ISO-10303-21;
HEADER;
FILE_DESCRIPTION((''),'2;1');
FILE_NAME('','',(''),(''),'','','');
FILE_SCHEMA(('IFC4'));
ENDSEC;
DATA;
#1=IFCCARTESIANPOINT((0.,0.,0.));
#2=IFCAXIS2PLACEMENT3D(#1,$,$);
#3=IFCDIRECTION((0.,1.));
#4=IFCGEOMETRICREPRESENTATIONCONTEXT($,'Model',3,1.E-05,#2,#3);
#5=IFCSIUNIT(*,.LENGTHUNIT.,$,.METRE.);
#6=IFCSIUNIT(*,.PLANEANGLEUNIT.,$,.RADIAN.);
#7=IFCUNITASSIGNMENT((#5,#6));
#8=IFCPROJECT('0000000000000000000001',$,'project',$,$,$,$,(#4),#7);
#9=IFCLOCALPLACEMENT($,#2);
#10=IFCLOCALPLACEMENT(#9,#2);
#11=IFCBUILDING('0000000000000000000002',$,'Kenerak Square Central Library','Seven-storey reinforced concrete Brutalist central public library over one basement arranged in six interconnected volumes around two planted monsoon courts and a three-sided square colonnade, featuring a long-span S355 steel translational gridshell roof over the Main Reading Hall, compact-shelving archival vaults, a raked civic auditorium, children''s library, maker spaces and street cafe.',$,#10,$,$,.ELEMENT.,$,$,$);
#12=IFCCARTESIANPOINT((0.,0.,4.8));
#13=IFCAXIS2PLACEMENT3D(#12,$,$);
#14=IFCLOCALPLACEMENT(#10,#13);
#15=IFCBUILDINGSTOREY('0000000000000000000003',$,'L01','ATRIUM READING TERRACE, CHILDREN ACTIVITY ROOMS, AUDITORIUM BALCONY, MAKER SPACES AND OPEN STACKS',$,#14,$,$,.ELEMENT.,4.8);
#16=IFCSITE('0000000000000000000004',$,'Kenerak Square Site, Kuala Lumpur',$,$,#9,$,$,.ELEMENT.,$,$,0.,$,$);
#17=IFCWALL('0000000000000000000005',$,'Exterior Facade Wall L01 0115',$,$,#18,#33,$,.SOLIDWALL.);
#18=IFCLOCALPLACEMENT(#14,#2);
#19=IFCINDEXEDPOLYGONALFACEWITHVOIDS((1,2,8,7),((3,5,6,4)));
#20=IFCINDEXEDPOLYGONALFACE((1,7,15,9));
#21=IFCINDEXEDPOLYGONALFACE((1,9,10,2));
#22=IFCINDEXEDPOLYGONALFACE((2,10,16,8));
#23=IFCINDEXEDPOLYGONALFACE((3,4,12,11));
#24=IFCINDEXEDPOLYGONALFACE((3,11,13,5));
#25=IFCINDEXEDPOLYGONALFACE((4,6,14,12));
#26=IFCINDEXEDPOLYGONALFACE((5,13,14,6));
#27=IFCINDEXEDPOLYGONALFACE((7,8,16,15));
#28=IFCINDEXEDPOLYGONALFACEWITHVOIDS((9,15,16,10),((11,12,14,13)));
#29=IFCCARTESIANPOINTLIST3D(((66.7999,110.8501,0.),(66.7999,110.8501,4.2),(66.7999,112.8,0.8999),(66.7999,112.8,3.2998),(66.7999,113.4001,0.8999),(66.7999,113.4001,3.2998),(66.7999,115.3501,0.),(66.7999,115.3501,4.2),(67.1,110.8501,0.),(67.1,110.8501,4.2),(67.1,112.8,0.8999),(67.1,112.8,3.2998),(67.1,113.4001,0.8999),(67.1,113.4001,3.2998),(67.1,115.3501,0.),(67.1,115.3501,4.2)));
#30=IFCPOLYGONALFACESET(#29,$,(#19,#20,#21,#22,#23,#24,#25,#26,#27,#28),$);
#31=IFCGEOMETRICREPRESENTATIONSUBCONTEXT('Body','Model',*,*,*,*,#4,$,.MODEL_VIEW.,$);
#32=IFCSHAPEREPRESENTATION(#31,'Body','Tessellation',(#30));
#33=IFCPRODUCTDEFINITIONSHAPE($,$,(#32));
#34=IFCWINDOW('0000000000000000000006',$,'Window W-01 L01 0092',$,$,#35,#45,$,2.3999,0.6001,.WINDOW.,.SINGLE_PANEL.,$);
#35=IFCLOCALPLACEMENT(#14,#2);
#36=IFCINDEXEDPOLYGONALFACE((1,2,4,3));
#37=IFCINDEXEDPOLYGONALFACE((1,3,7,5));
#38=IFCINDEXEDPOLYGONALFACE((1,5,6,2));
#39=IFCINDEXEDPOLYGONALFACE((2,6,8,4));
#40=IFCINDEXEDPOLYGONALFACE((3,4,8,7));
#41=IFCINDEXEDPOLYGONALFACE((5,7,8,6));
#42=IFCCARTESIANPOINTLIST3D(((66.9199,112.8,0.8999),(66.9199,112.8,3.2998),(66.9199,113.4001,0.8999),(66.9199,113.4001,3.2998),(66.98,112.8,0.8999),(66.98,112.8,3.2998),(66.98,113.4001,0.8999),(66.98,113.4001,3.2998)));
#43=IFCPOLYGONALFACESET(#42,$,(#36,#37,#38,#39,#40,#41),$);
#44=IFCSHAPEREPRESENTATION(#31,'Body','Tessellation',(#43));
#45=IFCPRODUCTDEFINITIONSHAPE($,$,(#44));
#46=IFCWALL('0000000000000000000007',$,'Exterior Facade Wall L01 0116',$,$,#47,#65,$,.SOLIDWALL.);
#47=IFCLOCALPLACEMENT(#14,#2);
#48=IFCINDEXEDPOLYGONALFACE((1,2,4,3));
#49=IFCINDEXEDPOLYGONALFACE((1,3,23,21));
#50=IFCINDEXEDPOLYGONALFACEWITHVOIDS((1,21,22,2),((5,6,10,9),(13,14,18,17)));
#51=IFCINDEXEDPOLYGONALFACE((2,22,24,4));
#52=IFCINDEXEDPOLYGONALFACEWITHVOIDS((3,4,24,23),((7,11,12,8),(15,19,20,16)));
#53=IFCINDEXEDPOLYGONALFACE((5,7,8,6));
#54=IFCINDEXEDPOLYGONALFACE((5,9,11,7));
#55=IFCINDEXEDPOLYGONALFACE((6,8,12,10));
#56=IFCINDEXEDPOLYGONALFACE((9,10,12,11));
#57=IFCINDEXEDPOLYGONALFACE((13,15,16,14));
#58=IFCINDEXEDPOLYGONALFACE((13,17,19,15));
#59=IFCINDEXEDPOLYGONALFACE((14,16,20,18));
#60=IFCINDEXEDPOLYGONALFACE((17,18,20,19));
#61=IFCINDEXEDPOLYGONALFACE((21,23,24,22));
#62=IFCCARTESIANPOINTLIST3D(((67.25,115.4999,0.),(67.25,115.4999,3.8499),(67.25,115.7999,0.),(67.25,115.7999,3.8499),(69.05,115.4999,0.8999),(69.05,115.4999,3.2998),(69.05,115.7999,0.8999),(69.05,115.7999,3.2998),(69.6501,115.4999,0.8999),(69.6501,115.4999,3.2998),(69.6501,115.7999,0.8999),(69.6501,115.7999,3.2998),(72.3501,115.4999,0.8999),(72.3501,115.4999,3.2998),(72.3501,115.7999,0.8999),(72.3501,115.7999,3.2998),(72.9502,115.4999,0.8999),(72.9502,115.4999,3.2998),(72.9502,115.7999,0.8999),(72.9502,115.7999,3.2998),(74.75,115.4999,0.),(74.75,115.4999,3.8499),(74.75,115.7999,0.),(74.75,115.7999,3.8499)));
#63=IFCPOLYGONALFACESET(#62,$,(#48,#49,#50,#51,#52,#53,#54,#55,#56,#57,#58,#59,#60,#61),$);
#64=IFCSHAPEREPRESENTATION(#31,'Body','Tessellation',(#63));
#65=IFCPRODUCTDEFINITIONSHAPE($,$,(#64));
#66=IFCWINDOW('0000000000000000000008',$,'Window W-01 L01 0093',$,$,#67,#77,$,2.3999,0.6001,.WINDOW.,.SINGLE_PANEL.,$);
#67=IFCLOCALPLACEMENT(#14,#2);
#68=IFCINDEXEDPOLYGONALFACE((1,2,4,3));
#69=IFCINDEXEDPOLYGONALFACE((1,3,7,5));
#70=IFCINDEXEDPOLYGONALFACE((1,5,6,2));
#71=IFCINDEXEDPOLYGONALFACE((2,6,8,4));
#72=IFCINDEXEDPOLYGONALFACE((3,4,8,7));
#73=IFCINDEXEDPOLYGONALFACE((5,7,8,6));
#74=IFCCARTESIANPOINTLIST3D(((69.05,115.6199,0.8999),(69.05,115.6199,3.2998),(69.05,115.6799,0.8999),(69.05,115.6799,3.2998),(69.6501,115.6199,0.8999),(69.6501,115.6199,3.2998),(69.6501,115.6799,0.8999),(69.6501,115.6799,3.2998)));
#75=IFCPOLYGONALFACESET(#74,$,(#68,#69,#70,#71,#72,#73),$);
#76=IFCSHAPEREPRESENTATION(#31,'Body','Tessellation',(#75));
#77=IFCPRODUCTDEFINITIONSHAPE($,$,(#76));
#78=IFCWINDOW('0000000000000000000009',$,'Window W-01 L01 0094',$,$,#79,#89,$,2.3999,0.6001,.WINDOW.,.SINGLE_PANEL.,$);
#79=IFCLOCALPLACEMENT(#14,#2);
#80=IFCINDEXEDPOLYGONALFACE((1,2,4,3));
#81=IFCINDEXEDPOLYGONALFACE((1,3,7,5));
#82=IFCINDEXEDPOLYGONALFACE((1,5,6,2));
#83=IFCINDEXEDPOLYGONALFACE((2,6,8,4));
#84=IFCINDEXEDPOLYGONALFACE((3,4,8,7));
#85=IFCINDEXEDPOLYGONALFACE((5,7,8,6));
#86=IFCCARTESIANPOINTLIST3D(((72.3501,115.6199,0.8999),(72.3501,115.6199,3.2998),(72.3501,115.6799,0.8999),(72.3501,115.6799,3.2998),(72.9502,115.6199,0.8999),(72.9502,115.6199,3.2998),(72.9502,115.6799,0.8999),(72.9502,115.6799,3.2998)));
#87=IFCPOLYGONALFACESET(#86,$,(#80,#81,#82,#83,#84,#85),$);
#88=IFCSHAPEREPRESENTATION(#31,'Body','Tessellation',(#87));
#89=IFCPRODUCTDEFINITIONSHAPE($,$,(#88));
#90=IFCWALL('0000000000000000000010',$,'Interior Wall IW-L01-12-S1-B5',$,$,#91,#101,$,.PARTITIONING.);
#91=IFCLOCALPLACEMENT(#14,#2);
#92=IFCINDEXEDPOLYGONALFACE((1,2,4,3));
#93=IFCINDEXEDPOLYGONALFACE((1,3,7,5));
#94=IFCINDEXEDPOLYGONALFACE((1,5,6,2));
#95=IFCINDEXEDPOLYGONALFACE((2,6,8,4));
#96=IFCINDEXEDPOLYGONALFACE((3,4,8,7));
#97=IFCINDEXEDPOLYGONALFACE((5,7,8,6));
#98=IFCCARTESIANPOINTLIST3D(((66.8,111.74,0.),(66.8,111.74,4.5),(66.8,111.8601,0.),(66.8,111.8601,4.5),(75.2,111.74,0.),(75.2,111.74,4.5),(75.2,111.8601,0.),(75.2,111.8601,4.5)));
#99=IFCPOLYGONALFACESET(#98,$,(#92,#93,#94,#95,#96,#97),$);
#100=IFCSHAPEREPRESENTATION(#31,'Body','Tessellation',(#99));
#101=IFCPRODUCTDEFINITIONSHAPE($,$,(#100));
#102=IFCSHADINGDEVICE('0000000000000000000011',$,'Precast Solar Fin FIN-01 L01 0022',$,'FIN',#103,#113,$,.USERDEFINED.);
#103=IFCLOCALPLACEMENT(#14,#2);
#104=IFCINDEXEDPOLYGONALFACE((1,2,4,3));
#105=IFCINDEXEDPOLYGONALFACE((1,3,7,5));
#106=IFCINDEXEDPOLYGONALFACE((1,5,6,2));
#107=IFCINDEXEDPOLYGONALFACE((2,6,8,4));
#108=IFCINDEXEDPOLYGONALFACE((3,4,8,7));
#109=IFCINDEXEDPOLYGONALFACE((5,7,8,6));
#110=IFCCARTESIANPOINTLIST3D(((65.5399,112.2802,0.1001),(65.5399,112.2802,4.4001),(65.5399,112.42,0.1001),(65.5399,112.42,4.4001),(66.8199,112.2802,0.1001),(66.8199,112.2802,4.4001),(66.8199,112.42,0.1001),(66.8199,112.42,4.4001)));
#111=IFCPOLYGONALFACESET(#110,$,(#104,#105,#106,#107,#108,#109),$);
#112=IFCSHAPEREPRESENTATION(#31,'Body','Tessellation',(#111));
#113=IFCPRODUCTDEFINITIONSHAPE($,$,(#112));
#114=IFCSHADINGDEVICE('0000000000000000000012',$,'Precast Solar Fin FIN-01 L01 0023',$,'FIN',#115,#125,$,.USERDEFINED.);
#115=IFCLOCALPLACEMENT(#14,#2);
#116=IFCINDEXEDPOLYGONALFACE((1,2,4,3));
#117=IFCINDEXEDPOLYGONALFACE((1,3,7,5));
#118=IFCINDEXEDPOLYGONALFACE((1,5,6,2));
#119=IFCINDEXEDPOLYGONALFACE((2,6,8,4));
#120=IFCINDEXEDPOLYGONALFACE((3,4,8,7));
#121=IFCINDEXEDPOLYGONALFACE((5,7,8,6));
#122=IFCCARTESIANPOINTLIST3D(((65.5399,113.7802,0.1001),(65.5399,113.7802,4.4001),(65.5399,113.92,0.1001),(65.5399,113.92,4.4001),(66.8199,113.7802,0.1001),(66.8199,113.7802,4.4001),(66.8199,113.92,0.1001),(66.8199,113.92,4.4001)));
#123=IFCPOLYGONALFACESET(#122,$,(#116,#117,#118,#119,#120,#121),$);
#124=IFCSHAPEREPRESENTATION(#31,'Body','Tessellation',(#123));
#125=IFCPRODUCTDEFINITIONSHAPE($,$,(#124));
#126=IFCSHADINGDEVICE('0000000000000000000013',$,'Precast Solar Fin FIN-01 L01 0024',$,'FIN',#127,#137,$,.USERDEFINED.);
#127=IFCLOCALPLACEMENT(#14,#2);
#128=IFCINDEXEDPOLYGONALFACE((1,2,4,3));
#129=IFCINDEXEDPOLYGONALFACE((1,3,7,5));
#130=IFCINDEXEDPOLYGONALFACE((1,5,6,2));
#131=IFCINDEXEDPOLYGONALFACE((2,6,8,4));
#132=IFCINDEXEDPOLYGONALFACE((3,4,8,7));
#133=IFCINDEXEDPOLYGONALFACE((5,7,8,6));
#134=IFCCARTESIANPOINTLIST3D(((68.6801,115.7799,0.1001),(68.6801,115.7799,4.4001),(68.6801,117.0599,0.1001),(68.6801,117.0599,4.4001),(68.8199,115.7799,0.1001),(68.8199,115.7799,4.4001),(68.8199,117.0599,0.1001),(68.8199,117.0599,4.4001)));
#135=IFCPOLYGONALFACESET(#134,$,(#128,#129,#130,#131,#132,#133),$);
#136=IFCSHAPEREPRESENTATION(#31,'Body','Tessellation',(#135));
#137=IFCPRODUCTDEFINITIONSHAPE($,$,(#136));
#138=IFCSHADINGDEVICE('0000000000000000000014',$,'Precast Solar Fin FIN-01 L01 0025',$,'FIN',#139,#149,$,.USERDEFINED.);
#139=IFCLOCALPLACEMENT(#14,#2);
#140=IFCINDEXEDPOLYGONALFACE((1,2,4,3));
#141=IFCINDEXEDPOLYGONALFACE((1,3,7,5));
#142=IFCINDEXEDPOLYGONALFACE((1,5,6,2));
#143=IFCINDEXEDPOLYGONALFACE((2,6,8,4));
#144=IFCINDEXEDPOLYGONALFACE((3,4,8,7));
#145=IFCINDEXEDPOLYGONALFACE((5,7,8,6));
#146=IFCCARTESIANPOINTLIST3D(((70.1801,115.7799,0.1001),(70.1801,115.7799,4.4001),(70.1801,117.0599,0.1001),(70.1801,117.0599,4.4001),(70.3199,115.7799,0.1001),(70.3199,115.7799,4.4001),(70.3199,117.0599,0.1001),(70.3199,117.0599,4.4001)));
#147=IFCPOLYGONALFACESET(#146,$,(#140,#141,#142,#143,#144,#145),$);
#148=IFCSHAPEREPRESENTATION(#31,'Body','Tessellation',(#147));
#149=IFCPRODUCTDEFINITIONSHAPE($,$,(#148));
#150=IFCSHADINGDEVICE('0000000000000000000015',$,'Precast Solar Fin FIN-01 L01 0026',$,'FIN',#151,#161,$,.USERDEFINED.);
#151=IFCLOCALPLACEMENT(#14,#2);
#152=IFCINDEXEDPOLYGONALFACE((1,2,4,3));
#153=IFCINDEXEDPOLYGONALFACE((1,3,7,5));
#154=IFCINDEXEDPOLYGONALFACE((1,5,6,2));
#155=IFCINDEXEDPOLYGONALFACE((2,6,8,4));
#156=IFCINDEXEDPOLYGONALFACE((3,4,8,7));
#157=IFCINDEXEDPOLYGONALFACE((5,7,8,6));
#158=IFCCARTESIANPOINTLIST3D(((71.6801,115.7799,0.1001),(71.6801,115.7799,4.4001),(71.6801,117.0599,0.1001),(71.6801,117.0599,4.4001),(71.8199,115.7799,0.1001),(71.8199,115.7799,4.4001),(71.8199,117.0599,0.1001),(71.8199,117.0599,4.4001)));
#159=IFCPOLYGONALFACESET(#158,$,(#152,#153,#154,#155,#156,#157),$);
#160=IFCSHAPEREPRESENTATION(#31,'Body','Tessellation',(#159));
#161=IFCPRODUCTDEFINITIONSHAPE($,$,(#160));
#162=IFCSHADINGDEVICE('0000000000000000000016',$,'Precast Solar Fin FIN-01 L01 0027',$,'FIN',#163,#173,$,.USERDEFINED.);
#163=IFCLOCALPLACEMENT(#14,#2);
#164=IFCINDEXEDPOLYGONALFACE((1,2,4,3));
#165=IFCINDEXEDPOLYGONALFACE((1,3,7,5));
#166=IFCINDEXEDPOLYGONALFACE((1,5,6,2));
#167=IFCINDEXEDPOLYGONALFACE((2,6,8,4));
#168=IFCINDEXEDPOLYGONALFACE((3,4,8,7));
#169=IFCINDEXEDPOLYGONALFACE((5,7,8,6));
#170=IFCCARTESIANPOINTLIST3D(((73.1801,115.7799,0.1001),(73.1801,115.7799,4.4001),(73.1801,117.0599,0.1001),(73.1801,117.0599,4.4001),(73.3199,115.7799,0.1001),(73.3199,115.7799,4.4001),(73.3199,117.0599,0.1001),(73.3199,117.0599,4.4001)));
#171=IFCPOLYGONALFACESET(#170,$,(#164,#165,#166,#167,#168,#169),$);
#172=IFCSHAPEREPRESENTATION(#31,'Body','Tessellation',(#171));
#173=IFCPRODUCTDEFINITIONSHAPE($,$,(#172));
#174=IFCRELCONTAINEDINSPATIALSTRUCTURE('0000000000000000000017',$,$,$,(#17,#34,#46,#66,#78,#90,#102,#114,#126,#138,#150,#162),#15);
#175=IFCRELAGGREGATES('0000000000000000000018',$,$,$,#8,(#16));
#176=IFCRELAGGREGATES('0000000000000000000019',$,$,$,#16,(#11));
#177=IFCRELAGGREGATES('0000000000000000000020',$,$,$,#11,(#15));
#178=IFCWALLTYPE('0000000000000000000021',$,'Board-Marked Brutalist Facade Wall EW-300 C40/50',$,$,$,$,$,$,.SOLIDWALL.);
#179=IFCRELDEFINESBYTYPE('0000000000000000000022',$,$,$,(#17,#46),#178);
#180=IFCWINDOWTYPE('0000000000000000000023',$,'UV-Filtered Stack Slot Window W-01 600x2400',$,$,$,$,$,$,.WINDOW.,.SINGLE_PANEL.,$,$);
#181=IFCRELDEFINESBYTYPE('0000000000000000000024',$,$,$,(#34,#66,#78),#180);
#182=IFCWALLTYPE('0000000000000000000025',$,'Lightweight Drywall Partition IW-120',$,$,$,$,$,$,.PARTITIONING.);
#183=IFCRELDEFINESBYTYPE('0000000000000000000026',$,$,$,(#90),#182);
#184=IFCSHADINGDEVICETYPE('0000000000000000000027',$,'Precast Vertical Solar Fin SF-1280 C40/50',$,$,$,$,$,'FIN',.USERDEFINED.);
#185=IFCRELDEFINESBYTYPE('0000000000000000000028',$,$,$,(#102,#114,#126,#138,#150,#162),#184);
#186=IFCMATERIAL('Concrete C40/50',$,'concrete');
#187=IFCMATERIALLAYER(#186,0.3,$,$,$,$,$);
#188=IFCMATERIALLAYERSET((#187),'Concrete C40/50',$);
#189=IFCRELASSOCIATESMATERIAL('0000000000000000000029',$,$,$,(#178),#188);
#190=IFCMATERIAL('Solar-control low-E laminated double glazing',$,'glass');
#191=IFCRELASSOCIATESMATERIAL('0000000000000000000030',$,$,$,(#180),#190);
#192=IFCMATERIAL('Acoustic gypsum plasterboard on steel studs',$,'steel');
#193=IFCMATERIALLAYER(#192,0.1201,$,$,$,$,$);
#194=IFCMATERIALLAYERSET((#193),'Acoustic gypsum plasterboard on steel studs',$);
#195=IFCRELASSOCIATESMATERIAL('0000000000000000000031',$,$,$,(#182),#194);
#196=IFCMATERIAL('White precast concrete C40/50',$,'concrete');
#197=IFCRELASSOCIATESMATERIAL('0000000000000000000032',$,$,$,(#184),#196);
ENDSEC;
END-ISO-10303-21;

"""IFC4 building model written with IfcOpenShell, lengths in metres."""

from ifc_helpers import new_model, si_unit, direction, frame, frame_2d, origin, origin_2d, place, context, subcontext, project, spatial, rectangle, extrude, material, layer, layer_set, type_object, element, fill, save


model = new_model("IFC4")

# Units and contexts
model_context = context("Model", 3, precision=1e-05, world=origin(), true_north=direction((0.0, 1.0)))
body_context = subcontext(model_context, "Body", "Model", "MODEL_VIEW")
ifc_project = project(units=[si_unit("LENGTHUNIT", "METRE"), si_unit("PLANEANGLEUNIT", "RADIAN")], contexts=[model_context])

# Site, building, storey
site_placement = place(None, origin())
site = spatial("IfcSite", under=ifc_project, at=site_placement, Name="Kenerak Square Site, Kuala Lumpur", CompositionType="ELEMENT", RefElevation=0.0)
building_placement = place(site_placement, origin())
building = spatial("IfcBuilding", under=site, at=building_placement, Name="Kenerak Square Central Library", Description="Seven-storey reinforced concrete Brutalist central public library over one basement arranged in six interconnected volumes around two planted monsoon courts and a three-sided square colonnade, featuring a long-span S355 steel translational gridshell roof over the Main Reading Hall, compact-shelving archival vaults, a raked civic auditorium, children's library, maker spaces and street cafe.", CompositionType="ELEMENT")
storey_placement = place(building_placement, frame((0.0, 0.0, 4.8)))
storey = spatial("IfcBuildingStorey", under=building, at=storey_placement, Name="L01", Description="ATRIUM READING TERRACE, CHILDREN ACTIVITY ROOMS, AUDITORIUM BALCONY, MAKER SPACES AND OPEN STACKS", CompositionType="ELEMENT", Elevation=4.8)

# Shared definitions
ifc_material_1 = material(Name="Concrete C40/50", Category="concrete")

# Wall, opening, window
ifc_layer_1 = layer(ifc_material_1, 0.3)
ifc_layer_set_1 = layer_set([ifc_layer_1], Name="Concrete C40/50")
wall_type_1 = type_object("IfcWallType", Name="Board-Marked Brutalist Facade Wall EW-300 C40/50", PredefinedType="SOLIDWALL", material=ifc_layer_set_1)
wall_1_placement = place(storey_placement, frame((66.95, 110.8501, 0.0), z_axis=(0.0, 0.0, 1.0), x_axis=(0.0, 1.0, 0.0)))
wall_1 = element("IfcWall", 1, at=wall_1_placement, inside=storey, type_object=wall_type_1, Name="Exterior Facade Wall L01 0115", PredefinedType="SOLIDWALL", context=body_context, shape_type="SweptSolid", body=[
    extrude(rectangle(XDim=4.5, YDim=0.3, at=frame_2d((2.25, 0.0))), origin(), (0.0, 0.0, 1.0), 4.2),
])
opening_1_placement = place(wall_1_placement, frame((1.95, 0.0, 0.8999)))
opening_1 = element("IfcOpeningElement", 2, at=opening_1_placement, cuts=wall_1, PredefinedType="OPENING", context=body_context, shape_type="SweptSolid", body=[
    extrude(rectangle(XDim=0.6001, YDim=2.3999, at=frame_2d((0.3, 1.2))), frame((0.0, 0.1599, 0.0), z_axis=(0.0, -1.0, 0.0), x_axis=(1.0, 0.0, 0.0)), (0.0, 0.0, 1.0), 0.3201),
])
ifc_material_2 = material(Name="Solar-control low-E laminated double glazing", Category="glass")
window_type = type_object("IfcWindowType", Name="UV-Filtered Stack Slot Window W-01 600x2400", PartitioningType="SINGLE_PANEL", PredefinedType="WINDOW", material=ifc_material_2)
window_1_placement = place(opening_1_placement, origin())
window_1 = element("IfcWindow", 3, at=window_1_placement, inside=storey, type_object=window_type, Name="Window W-01 L01 0092", OverallHeight=2.3999, OverallWidth=0.6001, PartitioningType="SINGLE_PANEL", PredefinedType="WINDOW", context=body_context, shape_type="SweptSolid", body=[
    extrude(rectangle(XDim=0.6001, YDim=2.3999, at=frame_2d((0.3, 1.2))), frame((0.0, 0.03, 0.0), z_axis=(0.0, -1.0, 0.0), x_axis=(1.0, 0.0, 0.0)), (0.0, 0.0, 1.0), 0.0601),
])
fill(opening_1, window_1)

# Wall, openings, windows
wall_2_placement = place(storey_placement, frame((67.25, 115.6499, 0.0), z_axis=(0.0, 0.0, 1.0), x_axis=(1.0, 0.0, 0.0)))
wall_2 = element("IfcWall", 4, at=wall_2_placement, inside=storey, type_object=wall_type_1, Name="Exterior Facade Wall L01 0116", PredefinedType="SOLIDWALL", context=body_context, shape_type="SweptSolid", body=[
    extrude(rectangle(XDim=7.5, YDim=0.3, at=frame_2d((3.75, 0.0))), origin(), (0.0, 0.0, 1.0), 3.8499),
])
opening_2_placement = place(wall_2_placement, frame((1.8, 0.0, 0.8999)))
opening_2 = element("IfcOpeningElement", 5, at=opening_2_placement, cuts=wall_2, PredefinedType="OPENING", context=body_context, shape_type="SweptSolid", body=[
    extrude(rectangle(XDim=0.6001, YDim=2.3999, at=frame_2d((0.3, 1.2))), frame((0.0, 0.1599, 0.0), z_axis=(0.0, -1.0, 0.0), x_axis=(1.0, 0.0, 0.0)), (0.0, 0.0, 1.0), 0.3201),
])
opening_3_placement = place(wall_2_placement, frame((5.1001, 0.0, 0.8999)))
opening_3 = element("IfcOpeningElement", 6, at=opening_3_placement, cuts=wall_2, PredefinedType="OPENING", context=body_context, shape_type="SweptSolid", body=[
    extrude(rectangle(XDim=0.6001, YDim=2.3999, at=frame_2d((0.3, 1.2))), frame((0.0, 0.1599, 0.0), z_axis=(0.0, -1.0, 0.0), x_axis=(1.0, 0.0, 0.0)), (0.0, 0.0, 1.0), 0.3201),
])
window_2_placement = place(opening_2_placement, origin())
window_2 = element("IfcWindow", 7, at=window_2_placement, inside=storey, type_object=window_type, Name="Window W-01 L01 0093", OverallHeight=2.3999, OverallWidth=0.6001, PartitioningType="SINGLE_PANEL", PredefinedType="WINDOW", context=body_context, shape_type="SweptSolid", body=[
    extrude(rectangle(XDim=0.6001, YDim=2.3999, at=frame_2d((0.3, 1.2))), frame((0.0, 0.03, 0.0), z_axis=(0.0, -1.0, 0.0), x_axis=(1.0, 0.0, 0.0)), (0.0, 0.0, 1.0), 0.0601),
])
fill(opening_2, window_2)
window_3_placement = place(opening_3_placement, origin())
window_3 = element("IfcWindow", 8, at=window_3_placement, inside=storey, type_object=window_type, Name="Window W-01 L01 0094", OverallHeight=2.3999, OverallWidth=0.6001, PartitioningType="SINGLE_PANEL", PredefinedType="WINDOW", context=body_context, shape_type="SweptSolid", body=[
    extrude(rectangle(XDim=0.6001, YDim=2.3999, at=frame_2d((0.3, 1.2))), frame((0.0, 0.03, 0.0), z_axis=(0.0, -1.0, 0.0), x_axis=(1.0, 0.0, 0.0)), (0.0, 0.0, 1.0), 0.0601),
])
fill(opening_3, window_3)

# Wall
ifc_material_3 = material(Name="Acoustic gypsum plasterboard on steel studs", Category="steel")
ifc_layer_2 = layer(ifc_material_3, 0.1201)
ifc_layer_set_2 = layer_set([ifc_layer_2], Name="Acoustic gypsum plasterboard on steel studs")
wall_type_2 = type_object("IfcWallType", Name="Lightweight Drywall Partition IW-120", PredefinedType="PARTITIONING", material=ifc_layer_set_2)
wall_3_placement = place(storey_placement, frame((75.2, 111.8, 0.0), z_axis=(0.0, 0.0, 1.0), x_axis=(-1.0, 0.0, 0.0)))
element("IfcWall", 9, at=wall_3_placement, inside=storey, type_object=wall_type_2, Name="Interior Wall IW-L01-12-S1-B5", PredefinedType="PARTITIONING", context=body_context, shape_type="SweptSolid", body=[
    extrude(rectangle(XDim=8.3999, YDim=0.1201, at=frame_2d((4.2, 0.0))), origin(), (0.0, 0.0, 1.0), 4.5),
])

# Shading devices
ifc_material_4 = material(Name="White precast concrete C40/50", Category="concrete")
shading_device_type = type_object("IfcShadingDeviceType", Name="Precast Vertical Solar Fin SF-1280 C40/50", ElementType="FIN", PredefinedType="USERDEFINED", material=ifc_material_4)
for number, where, z_axis, x_axis, name in (
    (10, (66.1799, 112.3501, 0.1001), (0.0, 0.0, 1.0), (0.0, 1.0, 0.0), "Precast Solar Fin FIN-01 L01 0022"),
    (11, (66.1799, 113.8501, 0.1001), (0.0, 0.0, 1.0), (0.0, 1.0, 0.0), "Precast Solar Fin FIN-01 L01 0023"),
    (12, (68.75, 116.4199, 0.1001), (0.0, 0.0, 1.0), (1.0, 0.0, 0.0), "Precast Solar Fin FIN-01 L01 0024"),
    (13, (70.25, 116.4199, 0.1001), (0.0, 0.0, 1.0), (1.0, 0.0, 0.0), "Precast Solar Fin FIN-01 L01 0025"),
    (14, (71.75, 116.4199, 0.1001), (0.0, 0.0, 1.0), (1.0, 0.0, 0.0), "Precast Solar Fin FIN-01 L01 0026"),
    (15, (73.25, 116.4199, 0.1001), (0.0, 0.0, 1.0), (1.0, 0.0, 0.0), "Precast Solar Fin FIN-01 L01 0027"),
):
    element("IfcShadingDevice", number, at=place(storey_placement, frame(where, z_axis=z_axis, x_axis=x_axis)), inside=storey, type_object=shading_device_type, Name=name, ObjectType="FIN", PredefinedType="USERDEFINED", context=body_context, shape_type="SweptSolid", body=[
        extrude(rectangle(XDim=0.1399, YDim=1.28, at=origin_2d()), origin(), (0.0, 0.0, 1.0), 4.3),
    ])

save(model, "model.ifc")
